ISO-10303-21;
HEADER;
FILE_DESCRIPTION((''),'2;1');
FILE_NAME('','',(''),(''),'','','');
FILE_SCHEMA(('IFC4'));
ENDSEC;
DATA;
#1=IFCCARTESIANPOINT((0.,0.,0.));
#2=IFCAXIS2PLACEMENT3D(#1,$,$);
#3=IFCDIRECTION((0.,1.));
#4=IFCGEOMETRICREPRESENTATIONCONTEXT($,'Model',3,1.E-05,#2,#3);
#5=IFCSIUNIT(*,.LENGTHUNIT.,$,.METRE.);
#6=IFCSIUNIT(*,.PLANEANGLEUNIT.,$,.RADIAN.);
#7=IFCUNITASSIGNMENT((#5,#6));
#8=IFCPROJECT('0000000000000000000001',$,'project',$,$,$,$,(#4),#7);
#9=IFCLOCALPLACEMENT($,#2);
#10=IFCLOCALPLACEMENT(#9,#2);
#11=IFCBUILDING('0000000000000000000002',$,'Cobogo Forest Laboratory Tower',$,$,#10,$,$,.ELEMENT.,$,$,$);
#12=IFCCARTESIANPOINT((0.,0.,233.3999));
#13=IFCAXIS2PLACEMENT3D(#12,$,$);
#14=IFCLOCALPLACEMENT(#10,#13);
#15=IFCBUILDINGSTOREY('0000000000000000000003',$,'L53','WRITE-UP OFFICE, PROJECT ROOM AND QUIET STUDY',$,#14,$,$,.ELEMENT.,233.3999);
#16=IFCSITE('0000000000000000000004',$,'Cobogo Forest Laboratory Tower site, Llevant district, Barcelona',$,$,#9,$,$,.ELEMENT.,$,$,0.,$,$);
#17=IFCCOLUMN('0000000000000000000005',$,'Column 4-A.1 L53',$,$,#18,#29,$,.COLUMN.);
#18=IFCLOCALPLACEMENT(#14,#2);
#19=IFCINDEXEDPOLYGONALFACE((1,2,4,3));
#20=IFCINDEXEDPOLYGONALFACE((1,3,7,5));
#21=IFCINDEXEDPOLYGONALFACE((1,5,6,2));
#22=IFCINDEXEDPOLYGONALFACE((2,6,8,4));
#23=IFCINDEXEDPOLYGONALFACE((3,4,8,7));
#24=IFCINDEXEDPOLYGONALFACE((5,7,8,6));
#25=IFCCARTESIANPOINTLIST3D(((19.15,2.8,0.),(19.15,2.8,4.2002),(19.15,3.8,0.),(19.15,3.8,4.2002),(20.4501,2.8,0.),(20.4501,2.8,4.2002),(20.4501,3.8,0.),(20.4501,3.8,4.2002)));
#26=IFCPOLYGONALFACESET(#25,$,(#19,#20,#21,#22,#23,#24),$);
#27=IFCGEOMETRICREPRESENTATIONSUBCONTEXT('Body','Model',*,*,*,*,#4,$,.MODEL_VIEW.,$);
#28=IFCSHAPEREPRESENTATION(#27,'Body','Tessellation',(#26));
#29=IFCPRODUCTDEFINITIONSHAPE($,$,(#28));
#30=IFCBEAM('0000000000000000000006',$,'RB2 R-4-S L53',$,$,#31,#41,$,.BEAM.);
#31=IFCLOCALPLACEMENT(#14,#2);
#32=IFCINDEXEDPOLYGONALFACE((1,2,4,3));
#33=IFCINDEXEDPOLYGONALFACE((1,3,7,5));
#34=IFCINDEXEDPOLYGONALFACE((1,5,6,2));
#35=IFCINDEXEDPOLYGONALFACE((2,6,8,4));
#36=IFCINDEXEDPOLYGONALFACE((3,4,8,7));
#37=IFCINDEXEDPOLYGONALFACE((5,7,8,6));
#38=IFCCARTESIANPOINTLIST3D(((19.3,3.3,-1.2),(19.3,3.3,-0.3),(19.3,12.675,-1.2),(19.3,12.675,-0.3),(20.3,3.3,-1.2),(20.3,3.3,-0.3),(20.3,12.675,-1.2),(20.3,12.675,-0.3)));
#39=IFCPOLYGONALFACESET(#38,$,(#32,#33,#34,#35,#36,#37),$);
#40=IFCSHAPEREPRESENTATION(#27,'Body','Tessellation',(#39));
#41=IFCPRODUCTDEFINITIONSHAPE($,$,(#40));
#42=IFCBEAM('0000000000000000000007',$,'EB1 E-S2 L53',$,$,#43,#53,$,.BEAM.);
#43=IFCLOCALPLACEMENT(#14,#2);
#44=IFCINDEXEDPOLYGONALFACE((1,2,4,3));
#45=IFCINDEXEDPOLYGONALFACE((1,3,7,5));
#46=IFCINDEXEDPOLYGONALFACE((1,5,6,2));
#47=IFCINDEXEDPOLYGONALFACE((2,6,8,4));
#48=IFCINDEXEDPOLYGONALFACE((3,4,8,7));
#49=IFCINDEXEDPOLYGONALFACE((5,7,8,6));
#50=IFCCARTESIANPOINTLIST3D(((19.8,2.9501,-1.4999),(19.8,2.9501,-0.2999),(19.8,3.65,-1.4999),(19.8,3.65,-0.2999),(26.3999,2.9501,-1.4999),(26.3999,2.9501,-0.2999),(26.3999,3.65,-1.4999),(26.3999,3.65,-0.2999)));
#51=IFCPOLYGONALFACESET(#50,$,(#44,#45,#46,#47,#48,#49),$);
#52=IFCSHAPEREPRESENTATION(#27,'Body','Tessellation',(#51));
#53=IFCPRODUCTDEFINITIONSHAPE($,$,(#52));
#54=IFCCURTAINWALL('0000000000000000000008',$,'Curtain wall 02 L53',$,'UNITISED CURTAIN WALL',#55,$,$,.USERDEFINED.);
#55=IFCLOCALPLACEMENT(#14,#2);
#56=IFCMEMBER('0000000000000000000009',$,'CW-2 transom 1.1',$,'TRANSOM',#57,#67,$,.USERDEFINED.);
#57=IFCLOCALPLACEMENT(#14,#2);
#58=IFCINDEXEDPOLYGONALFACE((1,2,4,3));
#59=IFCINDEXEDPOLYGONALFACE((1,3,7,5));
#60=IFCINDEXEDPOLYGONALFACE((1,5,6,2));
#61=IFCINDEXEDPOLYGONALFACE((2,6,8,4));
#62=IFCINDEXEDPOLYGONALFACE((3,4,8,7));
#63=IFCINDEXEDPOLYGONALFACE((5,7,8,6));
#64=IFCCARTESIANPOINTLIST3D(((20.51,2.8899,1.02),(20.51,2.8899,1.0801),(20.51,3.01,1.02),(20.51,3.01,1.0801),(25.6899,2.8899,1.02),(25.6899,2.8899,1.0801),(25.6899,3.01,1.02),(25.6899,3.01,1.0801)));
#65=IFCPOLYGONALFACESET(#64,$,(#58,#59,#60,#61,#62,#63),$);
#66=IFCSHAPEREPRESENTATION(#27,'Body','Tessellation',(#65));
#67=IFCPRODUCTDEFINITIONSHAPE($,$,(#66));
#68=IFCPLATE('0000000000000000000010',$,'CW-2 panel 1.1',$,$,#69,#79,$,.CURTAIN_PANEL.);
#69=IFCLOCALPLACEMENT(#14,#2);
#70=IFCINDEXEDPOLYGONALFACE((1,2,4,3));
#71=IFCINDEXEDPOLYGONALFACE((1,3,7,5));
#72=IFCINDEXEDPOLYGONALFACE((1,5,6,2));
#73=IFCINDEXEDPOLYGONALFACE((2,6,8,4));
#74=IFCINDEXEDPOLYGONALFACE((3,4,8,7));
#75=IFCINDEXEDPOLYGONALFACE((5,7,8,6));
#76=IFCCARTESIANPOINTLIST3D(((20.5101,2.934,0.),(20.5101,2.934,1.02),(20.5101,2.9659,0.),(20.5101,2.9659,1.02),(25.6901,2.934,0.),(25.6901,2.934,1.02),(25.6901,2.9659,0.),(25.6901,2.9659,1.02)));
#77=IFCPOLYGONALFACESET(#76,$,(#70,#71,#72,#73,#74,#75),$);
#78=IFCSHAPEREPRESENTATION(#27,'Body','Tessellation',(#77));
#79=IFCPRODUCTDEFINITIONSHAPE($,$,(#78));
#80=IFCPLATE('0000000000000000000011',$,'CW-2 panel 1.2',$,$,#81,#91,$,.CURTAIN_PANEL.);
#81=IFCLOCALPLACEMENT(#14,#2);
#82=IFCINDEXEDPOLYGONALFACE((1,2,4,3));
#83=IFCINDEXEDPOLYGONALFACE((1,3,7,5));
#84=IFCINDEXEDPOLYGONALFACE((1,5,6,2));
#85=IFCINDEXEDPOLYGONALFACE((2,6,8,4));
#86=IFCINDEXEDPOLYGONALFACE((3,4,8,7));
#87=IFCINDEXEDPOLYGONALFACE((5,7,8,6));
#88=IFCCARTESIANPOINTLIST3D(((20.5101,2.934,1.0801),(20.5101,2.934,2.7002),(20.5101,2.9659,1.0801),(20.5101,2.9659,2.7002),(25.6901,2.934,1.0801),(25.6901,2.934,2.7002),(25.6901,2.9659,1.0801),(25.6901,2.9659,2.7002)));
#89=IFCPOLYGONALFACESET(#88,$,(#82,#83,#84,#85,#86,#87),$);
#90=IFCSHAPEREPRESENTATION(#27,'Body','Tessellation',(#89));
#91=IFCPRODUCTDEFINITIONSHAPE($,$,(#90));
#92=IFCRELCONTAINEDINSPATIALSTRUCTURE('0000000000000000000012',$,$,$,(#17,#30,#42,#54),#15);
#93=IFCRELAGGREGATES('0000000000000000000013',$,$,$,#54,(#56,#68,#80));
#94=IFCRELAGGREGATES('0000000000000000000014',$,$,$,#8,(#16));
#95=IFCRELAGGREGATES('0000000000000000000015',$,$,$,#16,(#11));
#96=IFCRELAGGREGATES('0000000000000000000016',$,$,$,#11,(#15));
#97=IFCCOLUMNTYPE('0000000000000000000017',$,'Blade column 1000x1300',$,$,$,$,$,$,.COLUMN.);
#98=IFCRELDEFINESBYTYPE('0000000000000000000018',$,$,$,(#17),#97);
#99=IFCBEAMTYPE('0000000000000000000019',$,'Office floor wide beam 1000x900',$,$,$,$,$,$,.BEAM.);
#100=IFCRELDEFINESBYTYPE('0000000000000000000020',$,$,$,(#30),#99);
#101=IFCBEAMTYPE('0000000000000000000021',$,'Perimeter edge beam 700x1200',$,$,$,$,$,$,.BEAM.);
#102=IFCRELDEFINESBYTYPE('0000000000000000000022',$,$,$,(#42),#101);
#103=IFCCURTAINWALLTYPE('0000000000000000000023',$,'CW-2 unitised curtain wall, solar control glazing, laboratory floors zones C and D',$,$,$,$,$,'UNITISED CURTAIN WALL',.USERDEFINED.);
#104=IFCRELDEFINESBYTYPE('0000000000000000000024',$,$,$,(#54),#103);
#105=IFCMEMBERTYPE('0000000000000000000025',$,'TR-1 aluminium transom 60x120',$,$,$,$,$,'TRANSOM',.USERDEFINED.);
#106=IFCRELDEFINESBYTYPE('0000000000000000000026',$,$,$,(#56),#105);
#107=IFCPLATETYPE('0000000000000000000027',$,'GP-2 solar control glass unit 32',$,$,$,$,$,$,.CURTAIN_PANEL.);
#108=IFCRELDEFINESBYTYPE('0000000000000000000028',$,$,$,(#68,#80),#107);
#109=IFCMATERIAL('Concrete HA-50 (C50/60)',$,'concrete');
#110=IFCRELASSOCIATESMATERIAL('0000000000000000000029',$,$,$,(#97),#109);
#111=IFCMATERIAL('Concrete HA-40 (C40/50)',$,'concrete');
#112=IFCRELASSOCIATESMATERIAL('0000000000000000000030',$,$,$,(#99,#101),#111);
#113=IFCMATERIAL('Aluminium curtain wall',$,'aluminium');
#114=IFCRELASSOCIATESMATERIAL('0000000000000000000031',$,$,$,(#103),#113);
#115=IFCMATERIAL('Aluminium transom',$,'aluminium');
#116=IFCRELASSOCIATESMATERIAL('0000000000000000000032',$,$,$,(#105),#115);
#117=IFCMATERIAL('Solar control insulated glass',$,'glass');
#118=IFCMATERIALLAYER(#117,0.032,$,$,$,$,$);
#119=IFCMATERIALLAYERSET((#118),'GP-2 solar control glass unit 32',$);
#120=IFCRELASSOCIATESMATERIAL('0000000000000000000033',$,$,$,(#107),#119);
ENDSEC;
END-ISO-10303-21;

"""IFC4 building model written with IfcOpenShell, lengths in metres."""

from ifc_helpers import new_model, si_unit, direction, frame, origin, origin_2d, place, context, subcontext, project, spatial, rectangle, extrude, material, layer, layer_set, material_profile, profile_set, type_object, element, aggregate, save


model = new_model("IFC4")

# Units and contexts
model_context = context("Model", 3, precision=1e-05, world=origin(), true_north=direction((0.0, 1.0)))
body_context = subcontext(model_context, "Body", "Model", "MODEL_VIEW")
ifc_project = project(units=[si_unit("LENGTHUNIT", "METRE"), si_unit("PLANEANGLEUNIT", "RADIAN")], contexts=[model_context])

# Site, building, storey
site_placement = place(None, origin())
site = spatial("IfcSite", under=ifc_project, at=site_placement, Name="Cobogo Forest Laboratory Tower site, Llevant district, Barcelona", CompositionType="ELEMENT", RefElevation=0.0)
building_placement = place(site_placement, origin())
building = spatial("IfcBuilding", under=site, at=building_placement, Name="Cobogo Forest Laboratory Tower", CompositionType="ELEMENT")
storey_placement = place(building_placement, frame((0.0, 0.0, 233.3999)))
storey = spatial("IfcBuildingStorey", under=building, at=storey_placement, Name="L53", Description="WRITE-UP OFFICE, PROJECT ROOM AND QUIET STUDY", CompositionType="ELEMENT", Elevation=233.3999)

# Column
ifc_material_1 = material(Name="Concrete HA-50 (C50/60)", Category="concrete")
ifc_material_profile_1 = material_profile(ifc_material_1, rectangle(XDim=1.3, YDim=1.0, at=origin_2d()), Name="RC 1000x1300")
ifc_profile_set_1 = profile_set([ifc_material_profile_1], Name="Concrete HA-50 (C50/60)")
column_type = type_object("IfcColumnType", Name="Blade column 1000x1300", PredefinedType="COLUMN", material=ifc_profile_set_1)
column_placement = place(storey_placement, frame((19.8, 3.3, 0.0), z_axis=(0.0, 0.0, 1.0), x_axis=(1.0, 0.0, 0.0)))
element("IfcColumn", 1, at=column_placement, inside=storey, type_object=column_type, Name="Column 4-A.1 L53", PredefinedType="COLUMN", context=body_context, shape_type="SweptSolid", body=[
    extrude(rectangle(XDim=1.3, YDim=1.0, at=origin_2d()), origin(), (0.0, 0.0, 1.0), 4.2002),
])

# Beams
ifc_material_2 = material(Name="Concrete HA-40 (C40/50)", Category="concrete")
ifc_material_profile_2 = material_profile(ifc_material_2, rectangle(XDim=1.0, YDim=0.8999, at=origin_2d()), Name="RC 1000x900")
ifc_profile_set_2 = profile_set([ifc_material_profile_2], Name="Concrete HA-40 (C40/50)")
beam_type_1 = type_object("IfcBeamType", Name="Office floor wide beam 1000x900", PredefinedType="BEAM", material=ifc_profile_set_2)
beam_1_placement = place(storey_placement, frame((19.8, 12.675, -0.75), z_axis=(0.0, -1.0, 0.0), x_axis=(1.0, 0.0, 0.0)))
element("IfcBeam", 2, at=beam_1_placement, inside=storey, type_object=beam_type_1, Name="RB2 R-4-S L53", PredefinedType="BEAM", context=body_context, shape_type="SweptSolid", body=[
    extrude(rectangle(XDim=1.0, YDim=0.8999, at=origin_2d()), origin(), (0.0, 0.0, 1.0), 9.375),
])
ifc_material_profile_3 = material_profile(ifc_material_2, rectangle(XDim=0.7, YDim=1.2, at=origin_2d()), Name="RC 700x1200")
ifc_profile_set_3 = profile_set([ifc_material_profile_3], Name="Concrete HA-40 (C40/50)")
beam_type_2 = type_object("IfcBeamType", Name="Perimeter edge beam 700x1200", PredefinedType="BEAM", material=ifc_profile_set_3)
beam_2_placement = place(storey_placement, frame((19.8, 3.3, -0.8999), z_axis=(1.0, 0.0, 0.0), x_axis=(0.0, 1.0, 0.0)))
element("IfcBeam", 3, at=beam_2_placement, inside=storey, type_object=beam_type_2, Name="EB1 E-S2 L53", PredefinedType="BEAM", context=body_context, shape_type="SweptSolid", body=[
    extrude(rectangle(XDim=0.7, YDim=1.2, at=origin_2d()), origin(), (0.0, 0.0, 1.0), 6.5999),
])

# Curtain wall, member, plates
ifc_material_3 = material(Name="Aluminium curtain wall", Category="aluminium")
curtain_wall_type = type_object("IfcCurtainWallType", Name="CW-2 unitised curtain wall, solar control glazing, laboratory floors zones C and D", ElementType="UNITISED CURTAIN WALL", PredefinedType="USERDEFINED", material=ifc_material_3)
curtain_wall_placement = place(storey_placement, origin())
curtain_wall = element("IfcCurtainWall", 4, at=curtain_wall_placement, inside=storey, type_object=curtain_wall_type, Name="Curtain wall 02 L53", ObjectType="UNITISED CURTAIN WALL", PredefinedType="USERDEFINED")
ifc_material_4 = material(Name="Aluminium transom", Category="aluminium")
ifc_material_profile_4 = material_profile(ifc_material_4, rectangle(XDim=0.1201, YDim=0.0601, at=origin_2d()), Name="AL 60x120")
ifc_profile_set_4 = profile_set([ifc_material_profile_4], Name="Aluminium transom")
member_type = type_object("IfcMemberType", Name="TR-1 aluminium transom 60x120", ElementType="TRANSOM", PredefinedType="USERDEFINED", material=ifc_profile_set_4)
member_placement = place(storey_placement, frame((20.51, 2.95, 1.05), z_axis=(1.0, 0.0, 0.0), x_axis=(0.0, 1.0, 0.0)))
member = element("IfcMember", 5, at=member_placement, type_object=member_type, Name="CW-2 transom 1.1", ObjectType="TRANSOM", PredefinedType="USERDEFINED", context=body_context, shape_type="SweptSolid", body=[
    extrude(rectangle(XDim=0.1201, YDim=0.0601, at=origin_2d()), origin(), (0.0, 0.0, 1.0), 5.1799),
])
ifc_material_5 = material(Name="Solar control insulated glass", Category="glass")
ifc_layer_1 = layer(ifc_material_5, 0.032)
ifc_layer_set_1 = layer_set([ifc_layer_1], Name="GP-2 solar control glass unit 32")
plate_type = type_object("IfcPlateType", Name="GP-2 solar control glass unit 32", PredefinedType="CURTAIN_PANEL", material=ifc_layer_set_1)
plate_1_placement = place(storey_placement, frame((23.1001, 2.95, 0.0), z_axis=(0.0, 0.0, 1.0), x_axis=(1.0, 0.0, 0.0)))
plate_1 = element("IfcPlate", 6, at=plate_1_placement, type_object=plate_type, Name="CW-2 panel 1.1", PredefinedType="CURTAIN_PANEL", context=body_context, shape_type="SweptSolid", body=[
    extrude(rectangle(XDim=5.1799, YDim=0.032, at=origin_2d()), origin(), (0.0, 0.0, 1.0), 1.02),
])
plate_2_placement = place(storey_placement, frame((23.1001, 2.95, 1.0801), z_axis=(0.0, 0.0, 1.0), x_axis=(1.0, 0.0, 0.0)))
plate_2 = element("IfcPlate", 7, at=plate_2_placement, type_object=plate_type, Name="CW-2 panel 1.2", PredefinedType="CURTAIN_PANEL", context=body_context, shape_type="SweptSolid", body=[
    extrude(rectangle(XDim=5.1799, YDim=0.032, at=origin_2d()), origin(), (0.0, 0.0, 1.0), 1.6201),
])
aggregate(curtain_wall, [member, plate_1, plate_2])

save(model, "model.ifc")
